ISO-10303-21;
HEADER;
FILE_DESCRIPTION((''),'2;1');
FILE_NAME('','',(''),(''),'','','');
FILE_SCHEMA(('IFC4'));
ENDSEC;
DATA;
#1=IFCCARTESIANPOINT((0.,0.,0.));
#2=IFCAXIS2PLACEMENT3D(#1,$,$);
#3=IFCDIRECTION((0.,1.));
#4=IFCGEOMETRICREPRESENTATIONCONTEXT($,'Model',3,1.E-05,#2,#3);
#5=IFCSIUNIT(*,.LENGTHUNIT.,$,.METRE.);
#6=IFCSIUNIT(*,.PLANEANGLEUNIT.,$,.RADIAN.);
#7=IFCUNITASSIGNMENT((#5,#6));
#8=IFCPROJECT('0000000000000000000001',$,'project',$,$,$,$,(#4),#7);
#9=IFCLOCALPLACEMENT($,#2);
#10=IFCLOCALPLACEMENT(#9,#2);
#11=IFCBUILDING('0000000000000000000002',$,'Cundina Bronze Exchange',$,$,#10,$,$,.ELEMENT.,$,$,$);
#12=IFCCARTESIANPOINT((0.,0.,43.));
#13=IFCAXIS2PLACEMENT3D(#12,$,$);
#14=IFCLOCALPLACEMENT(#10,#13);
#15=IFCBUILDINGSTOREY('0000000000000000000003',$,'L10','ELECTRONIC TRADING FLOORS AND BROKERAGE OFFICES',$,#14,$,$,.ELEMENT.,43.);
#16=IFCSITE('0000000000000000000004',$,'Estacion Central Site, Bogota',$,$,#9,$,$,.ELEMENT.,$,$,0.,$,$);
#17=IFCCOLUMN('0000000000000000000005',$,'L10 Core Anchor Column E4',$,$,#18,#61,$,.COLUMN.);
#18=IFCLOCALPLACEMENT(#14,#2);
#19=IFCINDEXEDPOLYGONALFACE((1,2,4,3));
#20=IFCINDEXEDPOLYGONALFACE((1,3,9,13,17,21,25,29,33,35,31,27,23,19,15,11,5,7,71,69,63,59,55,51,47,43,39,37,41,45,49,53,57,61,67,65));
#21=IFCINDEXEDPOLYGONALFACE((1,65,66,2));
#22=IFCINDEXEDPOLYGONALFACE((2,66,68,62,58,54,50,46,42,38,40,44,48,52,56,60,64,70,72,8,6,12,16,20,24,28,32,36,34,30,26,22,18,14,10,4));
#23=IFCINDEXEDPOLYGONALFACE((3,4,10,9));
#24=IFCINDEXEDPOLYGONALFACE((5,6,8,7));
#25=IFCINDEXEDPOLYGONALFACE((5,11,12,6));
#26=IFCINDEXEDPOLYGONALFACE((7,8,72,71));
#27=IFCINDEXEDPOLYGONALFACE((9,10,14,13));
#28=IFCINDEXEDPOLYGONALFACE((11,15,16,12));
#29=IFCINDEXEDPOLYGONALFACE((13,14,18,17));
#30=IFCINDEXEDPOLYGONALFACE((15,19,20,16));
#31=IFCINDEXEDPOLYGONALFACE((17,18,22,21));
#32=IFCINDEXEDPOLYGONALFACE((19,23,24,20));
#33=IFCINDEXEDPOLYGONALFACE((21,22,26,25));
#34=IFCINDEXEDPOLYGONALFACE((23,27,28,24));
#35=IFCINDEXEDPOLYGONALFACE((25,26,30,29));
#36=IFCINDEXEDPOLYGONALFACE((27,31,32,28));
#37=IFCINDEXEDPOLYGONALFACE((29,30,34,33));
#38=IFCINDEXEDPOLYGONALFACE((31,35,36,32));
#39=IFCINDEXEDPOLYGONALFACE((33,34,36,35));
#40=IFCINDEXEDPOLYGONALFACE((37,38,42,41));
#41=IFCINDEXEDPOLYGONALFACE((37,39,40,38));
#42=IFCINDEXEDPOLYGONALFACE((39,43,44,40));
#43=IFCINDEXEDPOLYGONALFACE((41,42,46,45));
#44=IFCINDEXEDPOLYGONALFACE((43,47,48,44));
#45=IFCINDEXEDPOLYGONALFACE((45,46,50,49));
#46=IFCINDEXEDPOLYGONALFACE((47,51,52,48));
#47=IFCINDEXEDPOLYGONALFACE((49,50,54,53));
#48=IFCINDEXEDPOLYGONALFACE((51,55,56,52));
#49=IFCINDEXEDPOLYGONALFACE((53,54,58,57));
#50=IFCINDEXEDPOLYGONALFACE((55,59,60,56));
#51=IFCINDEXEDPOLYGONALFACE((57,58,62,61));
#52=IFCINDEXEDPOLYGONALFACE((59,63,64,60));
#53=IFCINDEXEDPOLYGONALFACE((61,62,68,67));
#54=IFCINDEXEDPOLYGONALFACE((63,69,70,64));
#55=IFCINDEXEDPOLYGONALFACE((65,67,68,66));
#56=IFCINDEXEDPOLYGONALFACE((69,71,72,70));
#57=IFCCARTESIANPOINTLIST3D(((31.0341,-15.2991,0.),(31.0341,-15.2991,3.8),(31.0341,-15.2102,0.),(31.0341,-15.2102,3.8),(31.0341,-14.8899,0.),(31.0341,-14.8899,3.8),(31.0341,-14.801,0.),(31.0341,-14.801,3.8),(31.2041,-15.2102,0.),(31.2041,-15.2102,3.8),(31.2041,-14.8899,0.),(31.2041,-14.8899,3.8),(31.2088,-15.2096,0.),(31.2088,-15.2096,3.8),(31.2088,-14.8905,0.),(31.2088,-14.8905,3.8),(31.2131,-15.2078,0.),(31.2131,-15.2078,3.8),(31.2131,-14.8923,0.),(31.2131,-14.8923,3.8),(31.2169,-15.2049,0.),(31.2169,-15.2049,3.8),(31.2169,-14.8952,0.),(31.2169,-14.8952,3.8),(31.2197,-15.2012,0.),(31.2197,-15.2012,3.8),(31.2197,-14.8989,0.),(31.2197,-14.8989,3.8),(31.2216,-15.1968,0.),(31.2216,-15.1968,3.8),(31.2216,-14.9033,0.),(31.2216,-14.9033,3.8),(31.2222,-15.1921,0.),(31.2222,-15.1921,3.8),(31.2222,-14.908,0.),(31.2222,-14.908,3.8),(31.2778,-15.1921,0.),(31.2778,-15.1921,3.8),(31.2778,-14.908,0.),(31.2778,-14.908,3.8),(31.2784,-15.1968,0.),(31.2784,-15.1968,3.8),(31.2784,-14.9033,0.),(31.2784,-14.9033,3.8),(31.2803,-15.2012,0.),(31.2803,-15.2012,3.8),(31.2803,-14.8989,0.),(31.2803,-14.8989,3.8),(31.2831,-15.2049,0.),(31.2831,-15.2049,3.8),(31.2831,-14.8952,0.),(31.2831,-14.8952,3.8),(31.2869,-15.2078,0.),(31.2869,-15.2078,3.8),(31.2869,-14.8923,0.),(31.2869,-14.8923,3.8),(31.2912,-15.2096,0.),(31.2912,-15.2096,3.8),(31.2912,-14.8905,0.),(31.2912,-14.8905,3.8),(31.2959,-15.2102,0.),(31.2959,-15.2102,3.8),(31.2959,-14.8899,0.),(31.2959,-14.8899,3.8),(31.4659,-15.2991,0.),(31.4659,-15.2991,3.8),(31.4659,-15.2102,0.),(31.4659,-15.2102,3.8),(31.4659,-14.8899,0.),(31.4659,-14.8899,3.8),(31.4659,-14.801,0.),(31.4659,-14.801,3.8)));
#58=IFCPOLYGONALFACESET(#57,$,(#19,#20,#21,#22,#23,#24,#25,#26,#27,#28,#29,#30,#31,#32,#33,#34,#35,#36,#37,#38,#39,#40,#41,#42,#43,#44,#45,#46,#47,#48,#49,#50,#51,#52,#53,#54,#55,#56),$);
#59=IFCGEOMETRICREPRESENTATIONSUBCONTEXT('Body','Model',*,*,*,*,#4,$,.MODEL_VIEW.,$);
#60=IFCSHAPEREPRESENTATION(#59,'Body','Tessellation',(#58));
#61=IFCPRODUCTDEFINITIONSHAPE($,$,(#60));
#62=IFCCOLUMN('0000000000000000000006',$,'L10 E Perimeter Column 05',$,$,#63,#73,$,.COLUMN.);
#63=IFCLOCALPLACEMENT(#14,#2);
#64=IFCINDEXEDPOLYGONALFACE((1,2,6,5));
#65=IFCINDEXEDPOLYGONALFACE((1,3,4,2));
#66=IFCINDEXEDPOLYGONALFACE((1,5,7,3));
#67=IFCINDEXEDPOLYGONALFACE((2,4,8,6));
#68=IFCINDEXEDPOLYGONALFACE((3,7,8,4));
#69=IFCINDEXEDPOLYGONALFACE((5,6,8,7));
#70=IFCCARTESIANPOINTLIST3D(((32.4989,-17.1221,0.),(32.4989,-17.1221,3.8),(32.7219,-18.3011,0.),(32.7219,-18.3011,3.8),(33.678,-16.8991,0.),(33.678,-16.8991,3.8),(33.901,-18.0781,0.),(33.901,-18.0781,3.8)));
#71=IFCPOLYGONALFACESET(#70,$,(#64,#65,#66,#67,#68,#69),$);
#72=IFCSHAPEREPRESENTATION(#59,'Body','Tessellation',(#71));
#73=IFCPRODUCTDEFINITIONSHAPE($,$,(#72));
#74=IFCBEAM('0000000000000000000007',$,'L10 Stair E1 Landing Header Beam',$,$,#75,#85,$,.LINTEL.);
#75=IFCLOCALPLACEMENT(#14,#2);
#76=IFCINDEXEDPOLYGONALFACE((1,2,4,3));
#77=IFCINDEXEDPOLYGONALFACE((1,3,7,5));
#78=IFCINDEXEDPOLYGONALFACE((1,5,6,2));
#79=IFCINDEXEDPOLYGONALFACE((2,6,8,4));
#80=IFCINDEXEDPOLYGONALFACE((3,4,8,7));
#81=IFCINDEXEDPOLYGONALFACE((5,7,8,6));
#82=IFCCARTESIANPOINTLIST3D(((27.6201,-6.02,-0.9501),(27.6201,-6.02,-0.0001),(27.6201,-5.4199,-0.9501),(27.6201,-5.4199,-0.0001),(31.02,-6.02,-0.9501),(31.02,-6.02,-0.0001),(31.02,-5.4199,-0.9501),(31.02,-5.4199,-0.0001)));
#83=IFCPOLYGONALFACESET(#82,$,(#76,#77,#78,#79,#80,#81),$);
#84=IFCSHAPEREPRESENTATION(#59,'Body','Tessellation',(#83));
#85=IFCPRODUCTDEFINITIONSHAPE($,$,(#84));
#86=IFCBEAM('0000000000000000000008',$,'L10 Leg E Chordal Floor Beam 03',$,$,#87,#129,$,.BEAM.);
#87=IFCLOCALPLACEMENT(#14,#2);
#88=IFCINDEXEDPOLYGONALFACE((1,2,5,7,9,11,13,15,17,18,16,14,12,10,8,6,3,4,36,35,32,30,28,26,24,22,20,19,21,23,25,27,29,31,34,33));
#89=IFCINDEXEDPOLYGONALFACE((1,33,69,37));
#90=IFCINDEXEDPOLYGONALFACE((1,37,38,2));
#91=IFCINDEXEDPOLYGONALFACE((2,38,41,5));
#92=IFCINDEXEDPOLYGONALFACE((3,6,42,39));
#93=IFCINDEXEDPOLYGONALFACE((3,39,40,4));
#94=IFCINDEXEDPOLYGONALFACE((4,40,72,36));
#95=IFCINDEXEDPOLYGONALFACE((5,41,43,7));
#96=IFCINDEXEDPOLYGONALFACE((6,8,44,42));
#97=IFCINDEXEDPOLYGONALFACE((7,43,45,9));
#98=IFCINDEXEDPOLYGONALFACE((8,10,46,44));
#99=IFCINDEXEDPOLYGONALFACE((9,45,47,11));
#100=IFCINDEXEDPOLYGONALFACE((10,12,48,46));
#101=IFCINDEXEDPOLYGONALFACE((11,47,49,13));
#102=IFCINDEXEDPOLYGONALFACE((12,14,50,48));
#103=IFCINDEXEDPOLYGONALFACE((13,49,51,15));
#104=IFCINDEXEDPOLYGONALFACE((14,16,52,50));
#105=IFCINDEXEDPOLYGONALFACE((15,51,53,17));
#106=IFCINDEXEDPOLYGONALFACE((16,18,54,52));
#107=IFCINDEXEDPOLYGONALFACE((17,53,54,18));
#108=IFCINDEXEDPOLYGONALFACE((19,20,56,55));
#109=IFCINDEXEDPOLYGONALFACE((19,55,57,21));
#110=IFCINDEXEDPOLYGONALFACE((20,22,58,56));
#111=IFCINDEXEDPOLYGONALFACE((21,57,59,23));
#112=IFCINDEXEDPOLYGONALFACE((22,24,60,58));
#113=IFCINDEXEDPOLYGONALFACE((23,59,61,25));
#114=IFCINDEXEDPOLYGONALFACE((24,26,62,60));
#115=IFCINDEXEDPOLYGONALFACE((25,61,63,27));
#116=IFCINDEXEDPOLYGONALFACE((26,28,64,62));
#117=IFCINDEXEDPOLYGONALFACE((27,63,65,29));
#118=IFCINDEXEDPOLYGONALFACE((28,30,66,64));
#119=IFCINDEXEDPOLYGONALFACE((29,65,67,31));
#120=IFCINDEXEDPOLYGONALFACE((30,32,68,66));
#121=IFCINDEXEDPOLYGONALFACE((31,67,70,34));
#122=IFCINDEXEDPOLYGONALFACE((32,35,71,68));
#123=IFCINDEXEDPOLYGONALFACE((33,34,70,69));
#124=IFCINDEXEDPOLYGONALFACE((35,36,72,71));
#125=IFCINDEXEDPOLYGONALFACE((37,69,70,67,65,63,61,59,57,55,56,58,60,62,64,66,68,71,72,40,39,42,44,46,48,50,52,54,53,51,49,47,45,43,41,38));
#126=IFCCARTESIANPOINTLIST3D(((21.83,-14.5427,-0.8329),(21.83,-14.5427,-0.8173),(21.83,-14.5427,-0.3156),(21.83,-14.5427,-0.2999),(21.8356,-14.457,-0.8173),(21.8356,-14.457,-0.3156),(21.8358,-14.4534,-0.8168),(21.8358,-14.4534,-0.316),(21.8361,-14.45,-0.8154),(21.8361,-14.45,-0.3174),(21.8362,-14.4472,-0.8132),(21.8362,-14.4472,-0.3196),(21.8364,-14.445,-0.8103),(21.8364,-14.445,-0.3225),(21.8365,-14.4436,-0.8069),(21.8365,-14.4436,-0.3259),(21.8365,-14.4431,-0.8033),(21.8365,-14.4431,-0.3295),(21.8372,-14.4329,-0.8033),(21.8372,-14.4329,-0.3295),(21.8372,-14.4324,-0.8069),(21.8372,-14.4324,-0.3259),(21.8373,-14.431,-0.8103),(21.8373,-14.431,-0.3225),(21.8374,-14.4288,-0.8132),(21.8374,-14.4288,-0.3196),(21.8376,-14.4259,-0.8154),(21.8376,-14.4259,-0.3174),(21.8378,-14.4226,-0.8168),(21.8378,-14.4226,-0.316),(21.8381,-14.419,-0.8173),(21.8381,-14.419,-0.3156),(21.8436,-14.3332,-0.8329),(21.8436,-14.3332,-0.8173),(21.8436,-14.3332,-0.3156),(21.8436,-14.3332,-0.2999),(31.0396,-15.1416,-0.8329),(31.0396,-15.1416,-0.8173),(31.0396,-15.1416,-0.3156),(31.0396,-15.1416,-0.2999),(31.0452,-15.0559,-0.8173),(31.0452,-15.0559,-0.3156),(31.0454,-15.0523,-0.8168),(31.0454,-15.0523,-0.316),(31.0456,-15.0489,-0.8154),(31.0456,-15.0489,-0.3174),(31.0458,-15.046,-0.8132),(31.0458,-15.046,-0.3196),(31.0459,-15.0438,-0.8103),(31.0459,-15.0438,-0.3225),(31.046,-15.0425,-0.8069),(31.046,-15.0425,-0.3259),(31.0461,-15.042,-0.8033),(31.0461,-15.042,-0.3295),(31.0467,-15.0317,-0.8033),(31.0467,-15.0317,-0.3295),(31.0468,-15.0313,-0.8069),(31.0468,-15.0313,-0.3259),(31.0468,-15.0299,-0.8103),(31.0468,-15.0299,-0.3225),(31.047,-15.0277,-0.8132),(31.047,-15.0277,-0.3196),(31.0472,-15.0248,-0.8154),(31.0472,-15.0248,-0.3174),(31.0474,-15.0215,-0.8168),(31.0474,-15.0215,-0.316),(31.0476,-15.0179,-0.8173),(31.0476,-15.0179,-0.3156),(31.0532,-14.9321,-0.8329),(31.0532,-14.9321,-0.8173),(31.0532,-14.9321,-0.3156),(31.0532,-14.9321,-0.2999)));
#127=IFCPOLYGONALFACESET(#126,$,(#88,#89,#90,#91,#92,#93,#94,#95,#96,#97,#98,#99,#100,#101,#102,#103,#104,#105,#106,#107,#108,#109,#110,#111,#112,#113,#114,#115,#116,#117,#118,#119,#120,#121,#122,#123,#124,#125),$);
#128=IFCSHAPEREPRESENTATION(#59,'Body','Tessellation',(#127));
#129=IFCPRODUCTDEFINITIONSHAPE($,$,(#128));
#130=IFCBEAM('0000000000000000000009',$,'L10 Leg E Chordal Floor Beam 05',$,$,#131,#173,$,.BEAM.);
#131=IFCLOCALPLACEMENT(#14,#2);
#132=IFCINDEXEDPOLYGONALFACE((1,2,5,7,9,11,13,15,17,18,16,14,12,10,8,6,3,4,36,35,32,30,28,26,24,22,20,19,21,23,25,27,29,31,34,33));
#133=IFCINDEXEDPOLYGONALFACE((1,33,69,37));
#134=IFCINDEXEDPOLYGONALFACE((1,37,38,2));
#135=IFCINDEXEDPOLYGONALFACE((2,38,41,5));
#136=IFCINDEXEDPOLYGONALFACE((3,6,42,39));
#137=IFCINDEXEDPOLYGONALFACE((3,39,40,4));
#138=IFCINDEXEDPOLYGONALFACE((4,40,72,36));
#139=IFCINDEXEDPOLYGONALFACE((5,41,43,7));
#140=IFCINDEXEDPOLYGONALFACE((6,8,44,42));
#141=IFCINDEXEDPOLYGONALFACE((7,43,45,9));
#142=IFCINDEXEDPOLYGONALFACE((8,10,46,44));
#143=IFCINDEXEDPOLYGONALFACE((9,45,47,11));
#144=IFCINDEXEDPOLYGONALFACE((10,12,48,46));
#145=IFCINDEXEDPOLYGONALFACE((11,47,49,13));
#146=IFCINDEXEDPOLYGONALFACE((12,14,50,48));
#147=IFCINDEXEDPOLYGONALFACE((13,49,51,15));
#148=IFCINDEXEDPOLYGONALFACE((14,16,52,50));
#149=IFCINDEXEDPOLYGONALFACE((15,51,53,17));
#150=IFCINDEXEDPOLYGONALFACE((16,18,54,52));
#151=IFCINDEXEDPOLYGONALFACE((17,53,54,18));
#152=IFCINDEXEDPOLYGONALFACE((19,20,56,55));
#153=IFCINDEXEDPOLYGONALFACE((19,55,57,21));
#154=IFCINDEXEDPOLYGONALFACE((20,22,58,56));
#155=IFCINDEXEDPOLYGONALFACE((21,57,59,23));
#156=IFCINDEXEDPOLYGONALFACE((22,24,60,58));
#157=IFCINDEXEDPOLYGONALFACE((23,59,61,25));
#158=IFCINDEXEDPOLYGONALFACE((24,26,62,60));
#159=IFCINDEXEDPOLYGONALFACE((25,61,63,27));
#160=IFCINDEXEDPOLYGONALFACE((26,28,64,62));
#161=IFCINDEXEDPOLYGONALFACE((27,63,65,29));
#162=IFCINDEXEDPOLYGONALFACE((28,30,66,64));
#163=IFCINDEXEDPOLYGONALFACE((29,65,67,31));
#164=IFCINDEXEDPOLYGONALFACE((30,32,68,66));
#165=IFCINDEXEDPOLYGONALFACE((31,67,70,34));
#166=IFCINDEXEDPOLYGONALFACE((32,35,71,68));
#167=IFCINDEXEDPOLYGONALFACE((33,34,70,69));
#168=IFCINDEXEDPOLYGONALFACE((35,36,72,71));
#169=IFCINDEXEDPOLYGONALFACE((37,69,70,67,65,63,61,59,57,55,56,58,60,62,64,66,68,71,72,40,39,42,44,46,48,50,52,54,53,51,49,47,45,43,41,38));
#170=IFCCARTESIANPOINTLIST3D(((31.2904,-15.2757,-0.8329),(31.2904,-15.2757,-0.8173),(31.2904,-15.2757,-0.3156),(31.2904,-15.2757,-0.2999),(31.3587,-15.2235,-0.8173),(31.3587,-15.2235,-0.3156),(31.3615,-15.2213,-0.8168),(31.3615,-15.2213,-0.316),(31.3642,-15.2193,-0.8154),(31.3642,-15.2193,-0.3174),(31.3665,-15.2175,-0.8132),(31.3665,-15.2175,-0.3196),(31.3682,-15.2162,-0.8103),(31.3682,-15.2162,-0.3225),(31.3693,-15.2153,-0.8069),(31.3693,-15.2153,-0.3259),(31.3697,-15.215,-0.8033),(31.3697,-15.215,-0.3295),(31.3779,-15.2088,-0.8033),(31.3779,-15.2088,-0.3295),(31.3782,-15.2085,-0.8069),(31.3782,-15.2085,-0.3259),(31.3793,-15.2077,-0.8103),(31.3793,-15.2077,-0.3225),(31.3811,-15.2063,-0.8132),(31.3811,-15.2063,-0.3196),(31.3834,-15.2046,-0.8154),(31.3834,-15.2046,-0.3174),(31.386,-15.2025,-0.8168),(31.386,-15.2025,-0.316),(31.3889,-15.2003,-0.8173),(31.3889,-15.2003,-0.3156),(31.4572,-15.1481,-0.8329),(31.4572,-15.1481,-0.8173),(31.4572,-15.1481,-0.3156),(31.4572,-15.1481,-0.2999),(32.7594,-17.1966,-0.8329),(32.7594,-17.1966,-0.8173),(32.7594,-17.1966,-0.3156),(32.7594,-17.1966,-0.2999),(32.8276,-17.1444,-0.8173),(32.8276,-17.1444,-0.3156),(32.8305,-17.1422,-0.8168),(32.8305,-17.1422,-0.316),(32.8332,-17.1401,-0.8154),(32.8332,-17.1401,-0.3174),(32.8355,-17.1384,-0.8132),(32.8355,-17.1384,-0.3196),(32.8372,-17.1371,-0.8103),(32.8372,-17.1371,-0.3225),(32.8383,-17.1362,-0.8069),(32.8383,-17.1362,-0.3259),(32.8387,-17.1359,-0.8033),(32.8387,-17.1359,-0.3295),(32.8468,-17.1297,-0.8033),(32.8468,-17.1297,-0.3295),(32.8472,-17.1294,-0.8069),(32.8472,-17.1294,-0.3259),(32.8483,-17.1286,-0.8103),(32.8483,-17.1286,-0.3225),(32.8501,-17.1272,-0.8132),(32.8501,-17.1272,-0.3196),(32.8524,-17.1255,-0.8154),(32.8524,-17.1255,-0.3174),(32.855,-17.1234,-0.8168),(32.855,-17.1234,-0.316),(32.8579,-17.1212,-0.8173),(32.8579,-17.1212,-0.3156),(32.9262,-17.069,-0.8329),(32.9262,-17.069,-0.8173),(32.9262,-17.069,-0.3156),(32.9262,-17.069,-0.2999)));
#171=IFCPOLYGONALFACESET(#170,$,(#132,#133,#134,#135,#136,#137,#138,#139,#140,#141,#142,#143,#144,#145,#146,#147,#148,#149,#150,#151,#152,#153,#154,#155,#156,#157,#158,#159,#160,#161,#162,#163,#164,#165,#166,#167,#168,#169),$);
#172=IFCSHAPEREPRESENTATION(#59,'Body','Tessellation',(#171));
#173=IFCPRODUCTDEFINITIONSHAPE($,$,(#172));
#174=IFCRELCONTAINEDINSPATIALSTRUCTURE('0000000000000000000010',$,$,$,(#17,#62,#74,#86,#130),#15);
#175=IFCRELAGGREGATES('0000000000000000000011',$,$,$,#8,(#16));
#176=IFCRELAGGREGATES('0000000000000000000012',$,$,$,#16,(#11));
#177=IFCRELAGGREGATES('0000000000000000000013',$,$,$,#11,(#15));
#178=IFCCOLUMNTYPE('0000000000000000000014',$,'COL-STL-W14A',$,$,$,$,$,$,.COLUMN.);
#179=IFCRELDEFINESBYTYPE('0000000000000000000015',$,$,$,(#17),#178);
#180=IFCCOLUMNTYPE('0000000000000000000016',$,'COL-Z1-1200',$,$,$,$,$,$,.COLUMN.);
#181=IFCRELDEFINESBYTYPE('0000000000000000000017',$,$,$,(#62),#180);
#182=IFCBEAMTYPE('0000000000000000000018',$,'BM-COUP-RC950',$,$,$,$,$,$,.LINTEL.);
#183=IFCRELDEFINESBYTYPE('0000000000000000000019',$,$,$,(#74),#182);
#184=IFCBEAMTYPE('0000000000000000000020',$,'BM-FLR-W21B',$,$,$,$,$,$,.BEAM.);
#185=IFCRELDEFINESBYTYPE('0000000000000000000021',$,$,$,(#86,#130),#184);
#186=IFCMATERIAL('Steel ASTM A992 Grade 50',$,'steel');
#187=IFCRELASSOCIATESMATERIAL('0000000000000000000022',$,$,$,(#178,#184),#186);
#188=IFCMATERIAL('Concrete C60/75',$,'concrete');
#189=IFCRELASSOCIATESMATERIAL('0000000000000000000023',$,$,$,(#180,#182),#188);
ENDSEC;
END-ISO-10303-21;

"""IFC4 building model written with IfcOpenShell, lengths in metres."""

from ifc_helpers import new_model, si_unit, direction, frame, origin, origin_2d, place, context, subcontext, project, spatial, rectangle, i_section, extrude, material, material_profile, profile_set, type_object, element, save


model = new_model("IFC4")

# Units and contexts
model_context = context("Model", 3, precision=1e-05, world=origin(), true_north=direction((0.0, 1.0)))
body_context = subcontext(model_context, "Body", "Model", "MODEL_VIEW")
ifc_project = project(units=[si_unit("LENGTHUNIT", "METRE"), si_unit("PLANEANGLEUNIT", "RADIAN")], contexts=[model_context])

# Site, building, storey
site_placement = place(None, origin())
site = spatial("IfcSite", under=ifc_project, at=site_placement, Name="Estacion Central Site, Bogota", CompositionType="ELEMENT", RefElevation=0.0)
building_placement = place(site_placement, origin())
building = spatial("IfcBuilding", under=site, at=building_placement, Name="Cundina Bronze Exchange", CompositionType="ELEMENT")
storey_placement = place(building_placement, frame((0.0, 0.0, 43.0)))
storey = spatial("IfcBuildingStorey", under=building, at=storey_placement, Name="L10", Description="ELECTRONIC TRADING FLOORS AND BROKERAGE OFFICES", CompositionType="ELEMENT", Elevation=43.0)

# Columns
ifc_material_1 = material(Name="Steel ASTM A992 Grade 50", Category="steel")
ifc_material_profile_1 = material_profile(ifc_material_1, i_section(OverallWidth=0.4319, OverallDepth=0.498, WebThickness=0.0557, FlangeThickness=0.0889, FilletRadius=0.0181, at=origin_2d()), Name="W14X500", Category="steel")
ifc_profile_set_1 = profile_set([ifc_material_profile_1], Name="Steel ASTM A992 Grade 50")
column_type_1 = type_object("IfcColumnType", Name="COL-STL-W14A", PredefinedType="COLUMN", material=ifc_profile_set_1)
column_1_placement = place(storey_placement, frame((31.25, -15.05, 0.0), z_axis=(0.0, 0.0, 1.0), x_axis=(1.0, 0.0, 0.0)))
element("IfcColumn", 1, at=column_1_placement, inside=storey, type_object=column_type_1, Name="L10 Core Anchor Column E4", PredefinedType="COLUMN", context=body_context, shape_type="SweptSolid", body=[
    extrude(i_section(OverallWidth=0.4319, OverallDepth=0.498, WebThickness=0.0557, FlangeThickness=0.0889, FilletRadius=0.0181, at=origin_2d()), origin(), (0.0, 0.0, 1.0), 3.8),
])
ifc_material_2 = material(Name="Concrete C60/75", Category="concrete")
ifc_material_profile_2 = material_profile(ifc_material_2, rectangle(XDim=1.2, YDim=1.2, at=origin_2d()), Name="RC1200X1200", Category="concrete")
ifc_profile_set_2 = profile_set([ifc_material_profile_2], Name="Concrete C60/75")
column_type_2 = type_object("IfcColumnType", Name="COL-Z1-1200", PredefinedType="COLUMN", material=ifc_profile_set_2)
column_2_placement = place(storey_placement, frame((33.2, -17.6001, 0.0), z_axis=(0.0, 0.0, 1.0), x_axis=(0.98258, 0.185838, 0.0)))
element("IfcColumn", 2, at=column_2_placement, inside=storey, type_object=column_type_2, Name="L10 E Perimeter Column 05", PredefinedType="COLUMN", context=body_context, shape_type="SweptSolid", body=[
    extrude(rectangle(XDim=1.2, YDim=1.2, at=origin_2d()), origin(), (0.0, 0.0, 1.0), 3.8),
])

# Beams
ifc_material_profile_3 = material_profile(ifc_material_2, rectangle(XDim=0.6001, YDim=0.95, at=origin_2d()), Name="RC600X950", Category="concrete")
ifc_profile_set_3 = profile_set([ifc_material_profile_3], Name="Concrete C60/75")
beam_type_1 = type_object("IfcBeamType", Name="BM-COUP-RC950", PredefinedType="LINTEL", material=ifc_profile_set_3)
beam_1_placement = place(storey_placement, frame((27.6201, -5.72, -0.4751), z_axis=(1.0, 0.0, 0.0), x_axis=(0.0, 1.0, 0.0)))
element("IfcBeam", 3, at=beam_1_placement, inside=storey, type_object=beam_type_1, Name="L10 Stair E1 Landing Header Beam", PredefinedType="LINTEL", context=body_context, shape_type="SweptSolid", body=[
    extrude(rectangle(XDim=0.6001, YDim=0.95, at=origin_2d()), origin(), (0.0, 0.0, 1.0), 3.3999),
])
ifc_material_profile_4 = material_profile(ifc_material_1, i_section(OverallWidth=0.21, OverallDepth=0.533, WebThickness=0.0103, FlangeThickness=0.0156, FilletRadius=0.0139, at=origin_2d()), Name="W21X62", Category="steel")
ifc_profile_set_4 = profile_set([ifc_material_profile_4], Name="Steel ASTM A992 Grade 50")
beam_type_2 = type_object("IfcBeamType", Name="BM-FLR-W21B", PredefinedType="BEAM", material=ifc_profile_set_4)
beam_2_placement = place(storey_placement, frame((31.0464, -15.0369, -0.5664), z_axis=(-0.997892, 0.064891, 0.0), x_axis=(-0.064891, -0.997892, 0.0)))
element("IfcBeam", 4, at=beam_2_placement, inside=storey, type_object=beam_type_2, Name="L10 Leg E Chordal Floor Beam 03", PredefinedType="BEAM", context=body_context, shape_type="SweptSolid", body=[
    extrude(i_section(OverallWidth=0.21, OverallDepth=0.533, WebThickness=0.0103, FlangeThickness=0.0156, FilletRadius=0.0139, at=origin_2d()), origin(), (0.0, 0.0, 1.0), 9.229),
])
beam_3_placement = place(storey_placement, frame((31.3738, -15.2119, -0.5664), z_axis=(0.607469, -0.794344, 0.0), x_axis=(0.794344, 0.607469, 0.0)))
element("IfcBeam", 5, at=beam_3_placement, inside=storey, type_object=beam_type_2, Name="L10 Leg E Chordal Floor Beam 05", PredefinedType="BEAM", context=body_context, shape_type="SweptSolid", body=[
    extrude(i_section(OverallWidth=0.21, OverallDepth=0.533, WebThickness=0.0103, FlangeThickness=0.0156, FilletRadius=0.0139, at=origin_2d()), origin(), (0.0, 0.0, 1.0), 2.4182),
])

save(model, "model.ifc")
